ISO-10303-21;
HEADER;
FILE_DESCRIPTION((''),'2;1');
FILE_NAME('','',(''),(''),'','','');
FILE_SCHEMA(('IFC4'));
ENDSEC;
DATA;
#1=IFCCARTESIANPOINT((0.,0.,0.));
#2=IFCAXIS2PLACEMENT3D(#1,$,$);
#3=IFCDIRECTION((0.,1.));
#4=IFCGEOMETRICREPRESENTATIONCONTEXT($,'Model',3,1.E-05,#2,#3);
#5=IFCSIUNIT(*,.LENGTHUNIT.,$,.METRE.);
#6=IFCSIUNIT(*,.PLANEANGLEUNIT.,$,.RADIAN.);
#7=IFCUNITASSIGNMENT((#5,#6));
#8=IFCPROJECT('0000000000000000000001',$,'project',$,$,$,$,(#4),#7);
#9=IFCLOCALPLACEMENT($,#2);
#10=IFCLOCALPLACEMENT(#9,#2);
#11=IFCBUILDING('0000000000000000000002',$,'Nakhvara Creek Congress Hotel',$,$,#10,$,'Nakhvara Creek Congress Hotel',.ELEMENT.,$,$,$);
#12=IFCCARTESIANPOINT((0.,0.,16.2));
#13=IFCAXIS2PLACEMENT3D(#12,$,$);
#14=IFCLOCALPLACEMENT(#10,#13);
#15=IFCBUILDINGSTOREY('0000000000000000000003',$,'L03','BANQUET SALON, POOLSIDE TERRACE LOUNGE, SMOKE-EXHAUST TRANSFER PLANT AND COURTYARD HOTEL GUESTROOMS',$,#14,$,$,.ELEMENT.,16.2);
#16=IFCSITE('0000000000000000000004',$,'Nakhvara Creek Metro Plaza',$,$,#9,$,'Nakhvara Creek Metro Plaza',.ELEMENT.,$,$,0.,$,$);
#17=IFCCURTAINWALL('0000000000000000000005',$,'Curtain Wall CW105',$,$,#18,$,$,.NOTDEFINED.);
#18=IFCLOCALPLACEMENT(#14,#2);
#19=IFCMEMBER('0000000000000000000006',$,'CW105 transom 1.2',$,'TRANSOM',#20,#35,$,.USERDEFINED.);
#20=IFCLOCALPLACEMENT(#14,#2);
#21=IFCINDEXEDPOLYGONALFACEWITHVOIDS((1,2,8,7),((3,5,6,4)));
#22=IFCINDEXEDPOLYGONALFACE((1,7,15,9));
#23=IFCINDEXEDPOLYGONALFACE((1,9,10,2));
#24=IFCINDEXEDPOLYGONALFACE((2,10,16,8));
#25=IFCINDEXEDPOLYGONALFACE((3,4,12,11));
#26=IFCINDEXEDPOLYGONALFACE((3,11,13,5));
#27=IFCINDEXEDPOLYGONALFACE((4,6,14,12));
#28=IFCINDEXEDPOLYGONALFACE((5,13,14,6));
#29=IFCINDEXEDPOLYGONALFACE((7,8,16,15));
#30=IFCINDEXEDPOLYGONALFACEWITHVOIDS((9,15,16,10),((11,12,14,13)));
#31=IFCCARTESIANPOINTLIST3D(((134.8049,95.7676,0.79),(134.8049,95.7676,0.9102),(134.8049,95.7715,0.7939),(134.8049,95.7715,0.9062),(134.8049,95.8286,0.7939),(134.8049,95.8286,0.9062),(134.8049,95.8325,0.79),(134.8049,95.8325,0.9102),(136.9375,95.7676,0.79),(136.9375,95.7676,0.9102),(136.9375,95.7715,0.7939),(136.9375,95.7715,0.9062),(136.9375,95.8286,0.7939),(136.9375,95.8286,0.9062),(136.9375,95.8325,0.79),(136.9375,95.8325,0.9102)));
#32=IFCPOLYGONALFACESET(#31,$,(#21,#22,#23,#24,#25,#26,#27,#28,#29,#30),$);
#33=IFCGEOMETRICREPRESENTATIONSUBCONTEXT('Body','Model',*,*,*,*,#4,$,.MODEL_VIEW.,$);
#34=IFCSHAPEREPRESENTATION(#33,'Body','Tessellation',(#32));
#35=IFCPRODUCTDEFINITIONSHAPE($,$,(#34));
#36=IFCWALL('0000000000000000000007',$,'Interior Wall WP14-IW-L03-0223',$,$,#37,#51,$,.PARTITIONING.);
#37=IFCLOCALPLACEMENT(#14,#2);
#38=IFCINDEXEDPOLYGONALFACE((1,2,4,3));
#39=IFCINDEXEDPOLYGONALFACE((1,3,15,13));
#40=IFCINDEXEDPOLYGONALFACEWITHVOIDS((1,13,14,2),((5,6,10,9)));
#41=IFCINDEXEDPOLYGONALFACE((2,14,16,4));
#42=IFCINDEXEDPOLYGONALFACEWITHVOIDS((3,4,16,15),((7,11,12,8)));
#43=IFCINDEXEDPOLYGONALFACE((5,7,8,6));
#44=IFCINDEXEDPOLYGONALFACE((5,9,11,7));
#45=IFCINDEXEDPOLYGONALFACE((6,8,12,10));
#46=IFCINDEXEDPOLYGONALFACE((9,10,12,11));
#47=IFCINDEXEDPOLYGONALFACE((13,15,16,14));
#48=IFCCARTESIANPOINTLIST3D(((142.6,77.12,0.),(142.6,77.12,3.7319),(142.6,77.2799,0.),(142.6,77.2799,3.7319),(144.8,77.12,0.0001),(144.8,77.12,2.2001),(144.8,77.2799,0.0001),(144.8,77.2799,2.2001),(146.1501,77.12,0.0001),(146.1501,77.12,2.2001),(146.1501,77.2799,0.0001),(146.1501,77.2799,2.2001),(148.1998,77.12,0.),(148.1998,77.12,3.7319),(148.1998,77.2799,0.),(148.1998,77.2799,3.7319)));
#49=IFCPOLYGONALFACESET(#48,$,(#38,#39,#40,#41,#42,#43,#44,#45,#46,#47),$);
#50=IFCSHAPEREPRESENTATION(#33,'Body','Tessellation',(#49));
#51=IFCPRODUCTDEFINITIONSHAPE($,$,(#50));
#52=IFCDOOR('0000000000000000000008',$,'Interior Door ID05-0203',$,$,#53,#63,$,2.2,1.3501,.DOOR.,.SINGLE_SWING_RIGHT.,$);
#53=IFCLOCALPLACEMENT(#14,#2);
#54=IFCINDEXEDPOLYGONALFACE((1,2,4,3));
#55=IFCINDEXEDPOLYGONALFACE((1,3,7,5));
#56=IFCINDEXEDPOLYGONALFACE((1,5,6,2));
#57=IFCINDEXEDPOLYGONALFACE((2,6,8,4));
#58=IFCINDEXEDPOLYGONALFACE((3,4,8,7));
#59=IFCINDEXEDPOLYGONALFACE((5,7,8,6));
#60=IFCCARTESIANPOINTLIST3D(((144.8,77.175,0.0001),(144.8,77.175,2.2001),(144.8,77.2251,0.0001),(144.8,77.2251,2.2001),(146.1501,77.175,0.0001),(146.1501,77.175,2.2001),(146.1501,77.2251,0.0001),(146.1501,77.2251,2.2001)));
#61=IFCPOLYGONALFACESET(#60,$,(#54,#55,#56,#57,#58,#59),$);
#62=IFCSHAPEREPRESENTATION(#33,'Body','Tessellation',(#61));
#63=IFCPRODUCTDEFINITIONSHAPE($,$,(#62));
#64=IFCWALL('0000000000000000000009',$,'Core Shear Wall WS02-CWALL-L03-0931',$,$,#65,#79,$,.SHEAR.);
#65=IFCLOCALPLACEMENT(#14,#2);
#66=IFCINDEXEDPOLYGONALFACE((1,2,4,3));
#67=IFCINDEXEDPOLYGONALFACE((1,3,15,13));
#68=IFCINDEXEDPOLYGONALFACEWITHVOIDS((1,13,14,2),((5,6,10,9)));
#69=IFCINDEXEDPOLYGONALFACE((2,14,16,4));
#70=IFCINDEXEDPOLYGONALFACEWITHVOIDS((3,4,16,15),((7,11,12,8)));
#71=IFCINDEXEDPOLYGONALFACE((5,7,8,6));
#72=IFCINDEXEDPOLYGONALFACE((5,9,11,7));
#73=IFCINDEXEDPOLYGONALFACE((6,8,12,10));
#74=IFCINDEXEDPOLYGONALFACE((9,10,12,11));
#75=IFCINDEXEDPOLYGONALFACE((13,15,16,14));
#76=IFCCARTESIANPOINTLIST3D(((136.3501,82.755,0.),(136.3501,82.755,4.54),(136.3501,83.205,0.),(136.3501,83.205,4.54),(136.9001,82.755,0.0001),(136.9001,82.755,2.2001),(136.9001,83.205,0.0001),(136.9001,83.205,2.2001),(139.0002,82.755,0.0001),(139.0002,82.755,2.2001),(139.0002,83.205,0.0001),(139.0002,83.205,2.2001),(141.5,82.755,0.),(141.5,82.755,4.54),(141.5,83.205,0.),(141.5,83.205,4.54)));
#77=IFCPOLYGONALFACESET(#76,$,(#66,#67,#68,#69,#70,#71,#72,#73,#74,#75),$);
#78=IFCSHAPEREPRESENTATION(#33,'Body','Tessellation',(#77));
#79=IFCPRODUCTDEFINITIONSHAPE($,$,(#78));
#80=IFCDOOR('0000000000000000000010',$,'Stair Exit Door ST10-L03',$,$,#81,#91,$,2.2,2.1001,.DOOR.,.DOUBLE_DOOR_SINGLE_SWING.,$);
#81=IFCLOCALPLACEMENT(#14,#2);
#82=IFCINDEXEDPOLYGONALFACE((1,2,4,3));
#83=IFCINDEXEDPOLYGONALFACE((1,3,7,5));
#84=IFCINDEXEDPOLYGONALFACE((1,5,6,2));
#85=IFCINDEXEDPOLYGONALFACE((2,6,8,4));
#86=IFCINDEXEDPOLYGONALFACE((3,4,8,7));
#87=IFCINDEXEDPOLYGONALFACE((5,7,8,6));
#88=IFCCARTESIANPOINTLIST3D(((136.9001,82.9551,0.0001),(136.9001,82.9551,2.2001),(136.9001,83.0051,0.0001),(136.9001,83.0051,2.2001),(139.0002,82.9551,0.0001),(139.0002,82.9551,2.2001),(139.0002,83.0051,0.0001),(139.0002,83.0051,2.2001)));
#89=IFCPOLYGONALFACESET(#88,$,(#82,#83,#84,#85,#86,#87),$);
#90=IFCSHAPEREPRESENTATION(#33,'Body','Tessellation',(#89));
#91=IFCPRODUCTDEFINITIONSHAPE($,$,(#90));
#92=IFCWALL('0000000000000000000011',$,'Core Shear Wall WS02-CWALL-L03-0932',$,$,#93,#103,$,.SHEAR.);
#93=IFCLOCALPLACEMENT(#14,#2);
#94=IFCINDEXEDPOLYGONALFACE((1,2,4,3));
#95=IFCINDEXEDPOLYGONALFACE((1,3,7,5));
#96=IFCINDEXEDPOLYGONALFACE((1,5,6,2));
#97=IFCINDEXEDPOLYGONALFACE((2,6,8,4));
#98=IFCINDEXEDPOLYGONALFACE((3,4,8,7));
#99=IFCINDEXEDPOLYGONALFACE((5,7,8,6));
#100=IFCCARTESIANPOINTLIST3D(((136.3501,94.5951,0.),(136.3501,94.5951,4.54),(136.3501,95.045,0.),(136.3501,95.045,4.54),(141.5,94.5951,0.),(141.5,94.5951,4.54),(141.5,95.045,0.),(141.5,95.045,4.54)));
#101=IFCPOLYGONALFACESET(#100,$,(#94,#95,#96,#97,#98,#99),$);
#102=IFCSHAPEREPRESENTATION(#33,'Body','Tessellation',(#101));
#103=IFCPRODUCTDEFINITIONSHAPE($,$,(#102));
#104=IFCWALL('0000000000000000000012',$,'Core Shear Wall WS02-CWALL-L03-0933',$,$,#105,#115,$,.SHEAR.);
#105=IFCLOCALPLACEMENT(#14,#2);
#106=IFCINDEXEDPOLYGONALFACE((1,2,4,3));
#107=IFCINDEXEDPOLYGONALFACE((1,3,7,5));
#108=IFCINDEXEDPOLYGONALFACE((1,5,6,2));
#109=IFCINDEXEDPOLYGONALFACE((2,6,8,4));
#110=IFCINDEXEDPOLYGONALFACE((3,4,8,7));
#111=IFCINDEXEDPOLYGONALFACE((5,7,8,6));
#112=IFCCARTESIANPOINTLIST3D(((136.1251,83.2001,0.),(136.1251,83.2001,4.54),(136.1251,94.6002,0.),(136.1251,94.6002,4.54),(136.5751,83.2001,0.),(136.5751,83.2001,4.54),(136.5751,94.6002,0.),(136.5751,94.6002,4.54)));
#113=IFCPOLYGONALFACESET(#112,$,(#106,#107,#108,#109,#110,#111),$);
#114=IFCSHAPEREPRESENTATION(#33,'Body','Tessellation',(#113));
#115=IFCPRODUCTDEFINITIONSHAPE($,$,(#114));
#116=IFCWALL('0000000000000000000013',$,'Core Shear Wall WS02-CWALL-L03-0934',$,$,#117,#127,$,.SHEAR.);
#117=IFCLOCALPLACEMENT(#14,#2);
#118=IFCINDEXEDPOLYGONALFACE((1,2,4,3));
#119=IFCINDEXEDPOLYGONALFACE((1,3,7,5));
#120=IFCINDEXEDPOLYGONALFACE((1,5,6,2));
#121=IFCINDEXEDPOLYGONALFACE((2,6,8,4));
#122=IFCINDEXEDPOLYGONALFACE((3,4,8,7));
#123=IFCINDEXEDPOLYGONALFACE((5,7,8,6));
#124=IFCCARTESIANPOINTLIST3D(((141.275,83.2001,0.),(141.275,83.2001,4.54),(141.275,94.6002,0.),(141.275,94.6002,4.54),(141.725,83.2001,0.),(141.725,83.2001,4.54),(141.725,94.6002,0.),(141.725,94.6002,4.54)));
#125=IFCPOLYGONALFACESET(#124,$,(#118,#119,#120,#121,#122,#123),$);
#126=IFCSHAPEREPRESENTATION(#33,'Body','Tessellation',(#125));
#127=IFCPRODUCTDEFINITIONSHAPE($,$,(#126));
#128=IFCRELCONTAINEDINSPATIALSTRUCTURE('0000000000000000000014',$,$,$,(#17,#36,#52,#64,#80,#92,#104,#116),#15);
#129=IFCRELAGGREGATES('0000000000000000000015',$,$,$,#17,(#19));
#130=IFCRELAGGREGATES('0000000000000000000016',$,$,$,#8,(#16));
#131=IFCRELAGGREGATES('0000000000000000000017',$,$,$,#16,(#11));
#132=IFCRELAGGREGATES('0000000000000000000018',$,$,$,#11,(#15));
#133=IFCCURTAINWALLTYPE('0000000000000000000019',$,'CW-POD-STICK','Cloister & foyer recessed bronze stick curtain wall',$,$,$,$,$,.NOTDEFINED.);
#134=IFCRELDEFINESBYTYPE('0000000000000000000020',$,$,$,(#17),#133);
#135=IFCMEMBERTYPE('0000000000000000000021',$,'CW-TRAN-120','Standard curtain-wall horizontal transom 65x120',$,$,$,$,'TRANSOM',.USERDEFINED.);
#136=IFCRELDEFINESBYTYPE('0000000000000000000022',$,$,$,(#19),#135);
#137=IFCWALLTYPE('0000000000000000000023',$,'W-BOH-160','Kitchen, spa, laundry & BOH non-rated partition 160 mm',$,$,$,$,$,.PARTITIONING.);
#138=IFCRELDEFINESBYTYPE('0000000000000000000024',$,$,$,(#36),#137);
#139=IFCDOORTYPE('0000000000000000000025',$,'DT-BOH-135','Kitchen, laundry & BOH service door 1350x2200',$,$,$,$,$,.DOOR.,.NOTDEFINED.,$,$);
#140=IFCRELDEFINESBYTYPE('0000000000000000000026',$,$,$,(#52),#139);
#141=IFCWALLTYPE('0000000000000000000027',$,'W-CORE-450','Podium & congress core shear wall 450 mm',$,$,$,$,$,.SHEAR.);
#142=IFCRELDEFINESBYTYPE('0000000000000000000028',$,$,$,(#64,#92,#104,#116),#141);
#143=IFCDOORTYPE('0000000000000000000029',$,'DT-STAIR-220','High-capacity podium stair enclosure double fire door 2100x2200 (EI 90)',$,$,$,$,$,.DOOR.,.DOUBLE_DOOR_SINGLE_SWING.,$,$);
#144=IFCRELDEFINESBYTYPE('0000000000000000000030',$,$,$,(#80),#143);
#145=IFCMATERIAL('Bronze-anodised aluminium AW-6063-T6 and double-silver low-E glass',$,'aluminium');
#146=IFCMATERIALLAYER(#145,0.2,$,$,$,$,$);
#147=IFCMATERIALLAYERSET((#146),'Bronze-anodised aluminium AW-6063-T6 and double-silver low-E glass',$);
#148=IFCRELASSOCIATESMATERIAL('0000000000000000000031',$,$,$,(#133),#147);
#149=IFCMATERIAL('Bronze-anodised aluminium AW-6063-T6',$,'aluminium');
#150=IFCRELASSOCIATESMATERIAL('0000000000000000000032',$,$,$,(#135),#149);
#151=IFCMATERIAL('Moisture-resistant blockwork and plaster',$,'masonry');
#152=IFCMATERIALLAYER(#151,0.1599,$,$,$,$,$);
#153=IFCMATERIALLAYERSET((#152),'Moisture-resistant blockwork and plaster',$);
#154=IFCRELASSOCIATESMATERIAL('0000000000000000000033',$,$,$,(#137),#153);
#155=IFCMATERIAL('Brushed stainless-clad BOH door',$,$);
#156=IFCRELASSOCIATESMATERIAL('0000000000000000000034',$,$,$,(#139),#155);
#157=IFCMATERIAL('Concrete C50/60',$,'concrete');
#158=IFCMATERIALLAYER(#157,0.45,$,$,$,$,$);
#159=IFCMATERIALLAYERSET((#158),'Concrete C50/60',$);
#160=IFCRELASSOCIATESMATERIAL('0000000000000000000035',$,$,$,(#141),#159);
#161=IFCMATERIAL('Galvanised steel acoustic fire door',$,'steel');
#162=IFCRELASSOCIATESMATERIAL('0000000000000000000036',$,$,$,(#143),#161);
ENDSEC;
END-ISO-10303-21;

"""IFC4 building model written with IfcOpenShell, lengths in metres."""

from ifc_helpers import new_model, si_unit, direction, frame, frame_2d, origin, origin_2d, place, context, subcontext, project, spatial, rectangle, hollow_rectangle, extrude, material, layer, layer_set, material_profile, profile_set, type_object, element, fill, aggregate, save


model = new_model("IFC4")

# Units and contexts
model_context = context("Model", 3, precision=1e-05, world=origin(), true_north=direction((0.0, 1.0)))
body_context = subcontext(model_context, "Body", "Model", "MODEL_VIEW")
ifc_project = project(units=[si_unit("LENGTHUNIT", "METRE"), si_unit("PLANEANGLEUNIT", "RADIAN")], contexts=[model_context])

# Site, building, storey
site_placement = place(None, origin())
site = spatial("IfcSite", under=ifc_project, at=site_placement, Name="Nakhvara Creek Metro Plaza", LongName="Nakhvara Creek Metro Plaza", CompositionType="ELEMENT", RefElevation=0.0)
building_placement = place(site_placement, origin())
building = spatial("IfcBuilding", under=site, at=building_placement, Name="Nakhvara Creek Congress Hotel", LongName="Nakhvara Creek Congress Hotel", CompositionType="ELEMENT")
storey_placement = place(building_placement, frame((0.0, 0.0, 16.2)))
storey = spatial("IfcBuildingStorey", under=building, at=storey_placement, Name="L03", Description="BANQUET SALON, POOLSIDE TERRACE LOUNGE, SMOKE-EXHAUST TRANSFER PLANT AND COURTYARD HOTEL GUESTROOMS", CompositionType="ELEMENT", Elevation=16.2)

# Shared definitions
ifc_material_1 = material(Name="Concrete C50/60", Category="concrete")

# Curtain wall, member
ifc_material_2 = material(Name="Bronze-anodised aluminium AW-6063-T6 and double-silver low-E glass", Category="aluminium")
ifc_layer_1 = layer(ifc_material_2, 0.2)
ifc_layer_set_1 = layer_set([ifc_layer_1], Name="Bronze-anodised aluminium AW-6063-T6 and double-silver low-E glass")
curtain_wall_type = type_object("IfcCurtainWallType", Name="CW-POD-STICK", Description="Cloister & foyer recessed bronze stick curtain wall", PredefinedType="NOTDEFINED", material=ifc_layer_set_1)
curtain_wall_placement = place(storey_placement, origin())
curtain_wall = element("IfcCurtainWall", 1, at=curtain_wall_placement, inside=storey, type_object=curtain_wall_type, Name="Curtain Wall CW105", PredefinedType="NOTDEFINED")
ifc_material_3 = material(Name="Bronze-anodised aluminium AW-6063-T6", Category="aluminium")
ifc_material_profile_1 = material_profile(ifc_material_3, hollow_rectangle(XDim=0.0649, YDim=0.1201, WallThickness=0.0039, at=origin_2d()), Name="ALU-TRAN 65x120x4", Category="LoadBearing")
ifc_profile_set_1 = profile_set([ifc_material_profile_1], Name="Bronze-anodised aluminium AW-6063-T6")
member_type_1 = type_object("IfcMemberType", Name="CW-TRAN-120", Description="Standard curtain-wall horizontal transom 65x120", ElementType="TRANSOM", PredefinedType="USERDEFINED", material=ifc_profile_set_1)
member_1_placement = place(storey_placement, frame((134.8049, 95.8, 0.8501), z_axis=(1.0, 0.0, 0.0), x_axis=(0.0, 1.0, 0.0)))
member_1 = element("IfcMember", 2, at=member_1_placement, type_object=member_type_1, Name="CW105 transom 1.2", ObjectType="TRANSOM", PredefinedType="USERDEFINED", context=body_context, shape_type="SweptSolid", body=[
    extrude(hollow_rectangle(XDim=0.0649, YDim=0.1201, WallThickness=0.0039, at=origin_2d()), origin(), (0.0, 0.0, 1.0), 2.1326),
])
aggregate(curtain_wall, [member_1])

# Walls, openings, doors
ifc_material_4 = material(Name="Moisture-resistant blockwork and plaster", Category="masonry")
ifc_layer_2 = layer(ifc_material_4, 0.1599)
ifc_layer_set_2 = layer_set([ifc_layer_2], Name="Moisture-resistant blockwork and plaster")
wall_type_1 = type_object("IfcWallType", Name="W-BOH-160", Description="Kitchen, spa, laundry & BOH non-rated partition 160 mm", PredefinedType="PARTITIONING", material=ifc_layer_set_2)
wall_1_placement = place(storey_placement, frame((142.6001, 77.2, 0.0), z_axis=(0.0, 0.0, 1.0), x_axis=(1.0, 0.0, 0.0)))
wall_1 = element("IfcWall", 3, at=wall_1_placement, inside=storey, type_object=wall_type_1, Name="Interior Wall WP14-IW-L03-0223", PredefinedType="PARTITIONING", context=body_context, shape_type="SweptSolid", body=[
    extrude(rectangle(XDim=5.5999, YDim=0.1599, at=frame_2d((2.7998, 0.0))), origin(), (0.0, 0.0, 1.0), 3.7319),
])
opening_1_placement = place(wall_1_placement, frame((2.2, 0.0, 0.0)))
opening_1 = element("IfcOpeningElement", 4, at=opening_1_placement, cuts=wall_1, PredefinedType="OPENING", context=body_context, shape_type="SweptSolid", body=[
    extrude(rectangle(XDim=1.3501, YDim=2.2, at=frame_2d((0.675, 1.1001))), frame((0.0, 0.0918, 0.0), z_axis=(0.0, -1.0, 0.0), x_axis=(1.0, 0.0, 0.0)), (0.0, 0.0, 1.0), 0.1838),
])
ifc_material_5 = material(Name="Brushed stainless-clad BOH door")
door_type_1 = type_object("IfcDoorType", Name="DT-BOH-135", Description="Kitchen, laundry & BOH service door 1350x2200", OperationType="NOTDEFINED", PredefinedType="DOOR", material=ifc_material_5)
door_1_placement = place(opening_1_placement, frame((1.3501, 0.0, 0.0), z_axis=(0.0, 0.0, 1.0), x_axis=(-1.0, 0.0, 0.0)))
door_1 = element("IfcDoor", 5, at=door_1_placement, inside=storey, type_object=door_type_1, Name="Interior Door ID05-0203", OperationType="SINGLE_SWING_RIGHT", OverallHeight=2.2, OverallWidth=1.3501, PredefinedType="DOOR", context=body_context, shape_type="SweptSolid", body=[
    extrude(rectangle(XDim=1.3501, YDim=2.2, at=frame_2d((0.675, 1.1001))), frame((0.0, 0.0249, 0.0), z_axis=(0.0, -1.0, 0.0), x_axis=(1.0, 0.0, 0.0)), (0.0, 0.0, 1.0), 0.05),
])
fill(opening_1, door_1)
ifc_layer_3 = layer(ifc_material_1, 0.45)
ifc_layer_set_3 = layer_set([ifc_layer_3], Name="Concrete C50/60")
wall_type_2 = type_object("IfcWallType", Name="W-CORE-450", Description="Podium & congress core shear wall 450 mm", PredefinedType="SHEAR", material=ifc_layer_set_3)
wall_2_placement = place(storey_placement, frame((136.3501, 82.98, 0.0), z_axis=(0.0, 0.0, 1.0), x_axis=(1.0, 0.0, 0.0)))
wall_2 = element("IfcWall", 6, at=wall_2_placement, inside=storey, type_object=wall_type_2, Name="Core Shear Wall WS02-CWALL-L03-0931", PredefinedType="SHEAR", context=body_context, shape_type="SweptSolid", body=[
    extrude(rectangle(XDim=5.1499, YDim=0.45, at=frame_2d((2.575, 0.0))), origin(), (0.0, 0.0, 1.0), 4.54),
])
opening_2_placement = place(wall_2_placement, frame((0.55, 0.0, 0.0)))
opening_2 = element("IfcOpeningElement", 7, at=opening_2_placement, cuts=wall_2, PredefinedType="OPENING", context=body_context, shape_type="SweptSolid", body=[
    extrude(rectangle(XDim=2.1001, YDim=2.2, at=frame_2d((1.05, 1.1001))), frame((0.0, 0.2368, 0.0), z_axis=(0.0, -1.0, 0.0), x_axis=(1.0, 0.0, 0.0)), (0.0, 0.0, 1.0), 0.4739),
])
ifc_material_6 = material(Name="Galvanised steel acoustic fire door", Category="steel")
door_type_2 = type_object("IfcDoorType", Name="DT-STAIR-220", Description="High-capacity podium stair enclosure double fire door 2100x2200 (EI 90)", OperationType="DOUBLE_DOOR_SINGLE_SWING", PredefinedType="DOOR", material=ifc_material_6)
door_2_placement = place(opening_2_placement, frame((2.1001, 0.0, 0.0), z_axis=(0.0, 0.0, 1.0), x_axis=(-1.0, 0.0, 0.0)))
door_2 = element("IfcDoor", 8, at=door_2_placement, inside=storey, type_object=door_type_2, Name="Stair Exit Door ST10-L03", OperationType="DOUBLE_DOOR_SINGLE_SWING", OverallHeight=2.2, OverallWidth=2.1001, PredefinedType="DOOR", context=body_context, shape_type="SweptSolid", body=[
    extrude(rectangle(XDim=2.1001, YDim=2.2, at=frame_2d((1.05, 1.1001))), frame((0.0, 0.0249, 0.0), z_axis=(0.0, -1.0, 0.0), x_axis=(1.0, 0.0, 0.0)), (0.0, 0.0, 1.0), 0.05),
])
fill(opening_2, door_2)

# Walls
wall_3_placement = place(storey_placement, frame((136.3501, 94.8201, 0.0), z_axis=(0.0, 0.0, 1.0), x_axis=(1.0, 0.0, 0.0)))
element("IfcWall", 9, at=wall_3_placement, inside=storey, type_object=wall_type_2, Name="Core Shear Wall WS02-CWALL-L03-0932", PredefinedType="SHEAR", context=body_context, shape_type="SweptSolid", body=[
    extrude(rectangle(XDim=5.1499, YDim=0.45, at=frame_2d((2.575, 0.0))), origin(), (0.0, 0.0, 1.0), 4.54),
])
for number, where, z_axis, x_axis, name in (
    (10, (136.3501, 83.2, 0.0), (0.0, 0.0, 1.0), (0.0, 1.0, 0.0), "Core Shear Wall WS02-CWALL-L03-0933"),
    (11, (141.5, 83.2, 0.0), (0.0, 0.0, 1.0), (0.0, 1.0, 0.0), "Core Shear Wall WS02-CWALL-L03-0934"),
):
    element("IfcWall", number, at=place(storey_placement, frame(where, z_axis=z_axis, x_axis=x_axis)), inside=storey, type_object=wall_type_2, Name=name, PredefinedType="SHEAR", context=body_context, shape_type="SweptSolid", body=[
        extrude(rectangle(XDim=11.4001, YDim=0.45, at=frame_2d((5.7002, 0.0))), origin(), (0.0, 0.0, 1.0), 4.54),
    ])

save(model, "model.ifc")
